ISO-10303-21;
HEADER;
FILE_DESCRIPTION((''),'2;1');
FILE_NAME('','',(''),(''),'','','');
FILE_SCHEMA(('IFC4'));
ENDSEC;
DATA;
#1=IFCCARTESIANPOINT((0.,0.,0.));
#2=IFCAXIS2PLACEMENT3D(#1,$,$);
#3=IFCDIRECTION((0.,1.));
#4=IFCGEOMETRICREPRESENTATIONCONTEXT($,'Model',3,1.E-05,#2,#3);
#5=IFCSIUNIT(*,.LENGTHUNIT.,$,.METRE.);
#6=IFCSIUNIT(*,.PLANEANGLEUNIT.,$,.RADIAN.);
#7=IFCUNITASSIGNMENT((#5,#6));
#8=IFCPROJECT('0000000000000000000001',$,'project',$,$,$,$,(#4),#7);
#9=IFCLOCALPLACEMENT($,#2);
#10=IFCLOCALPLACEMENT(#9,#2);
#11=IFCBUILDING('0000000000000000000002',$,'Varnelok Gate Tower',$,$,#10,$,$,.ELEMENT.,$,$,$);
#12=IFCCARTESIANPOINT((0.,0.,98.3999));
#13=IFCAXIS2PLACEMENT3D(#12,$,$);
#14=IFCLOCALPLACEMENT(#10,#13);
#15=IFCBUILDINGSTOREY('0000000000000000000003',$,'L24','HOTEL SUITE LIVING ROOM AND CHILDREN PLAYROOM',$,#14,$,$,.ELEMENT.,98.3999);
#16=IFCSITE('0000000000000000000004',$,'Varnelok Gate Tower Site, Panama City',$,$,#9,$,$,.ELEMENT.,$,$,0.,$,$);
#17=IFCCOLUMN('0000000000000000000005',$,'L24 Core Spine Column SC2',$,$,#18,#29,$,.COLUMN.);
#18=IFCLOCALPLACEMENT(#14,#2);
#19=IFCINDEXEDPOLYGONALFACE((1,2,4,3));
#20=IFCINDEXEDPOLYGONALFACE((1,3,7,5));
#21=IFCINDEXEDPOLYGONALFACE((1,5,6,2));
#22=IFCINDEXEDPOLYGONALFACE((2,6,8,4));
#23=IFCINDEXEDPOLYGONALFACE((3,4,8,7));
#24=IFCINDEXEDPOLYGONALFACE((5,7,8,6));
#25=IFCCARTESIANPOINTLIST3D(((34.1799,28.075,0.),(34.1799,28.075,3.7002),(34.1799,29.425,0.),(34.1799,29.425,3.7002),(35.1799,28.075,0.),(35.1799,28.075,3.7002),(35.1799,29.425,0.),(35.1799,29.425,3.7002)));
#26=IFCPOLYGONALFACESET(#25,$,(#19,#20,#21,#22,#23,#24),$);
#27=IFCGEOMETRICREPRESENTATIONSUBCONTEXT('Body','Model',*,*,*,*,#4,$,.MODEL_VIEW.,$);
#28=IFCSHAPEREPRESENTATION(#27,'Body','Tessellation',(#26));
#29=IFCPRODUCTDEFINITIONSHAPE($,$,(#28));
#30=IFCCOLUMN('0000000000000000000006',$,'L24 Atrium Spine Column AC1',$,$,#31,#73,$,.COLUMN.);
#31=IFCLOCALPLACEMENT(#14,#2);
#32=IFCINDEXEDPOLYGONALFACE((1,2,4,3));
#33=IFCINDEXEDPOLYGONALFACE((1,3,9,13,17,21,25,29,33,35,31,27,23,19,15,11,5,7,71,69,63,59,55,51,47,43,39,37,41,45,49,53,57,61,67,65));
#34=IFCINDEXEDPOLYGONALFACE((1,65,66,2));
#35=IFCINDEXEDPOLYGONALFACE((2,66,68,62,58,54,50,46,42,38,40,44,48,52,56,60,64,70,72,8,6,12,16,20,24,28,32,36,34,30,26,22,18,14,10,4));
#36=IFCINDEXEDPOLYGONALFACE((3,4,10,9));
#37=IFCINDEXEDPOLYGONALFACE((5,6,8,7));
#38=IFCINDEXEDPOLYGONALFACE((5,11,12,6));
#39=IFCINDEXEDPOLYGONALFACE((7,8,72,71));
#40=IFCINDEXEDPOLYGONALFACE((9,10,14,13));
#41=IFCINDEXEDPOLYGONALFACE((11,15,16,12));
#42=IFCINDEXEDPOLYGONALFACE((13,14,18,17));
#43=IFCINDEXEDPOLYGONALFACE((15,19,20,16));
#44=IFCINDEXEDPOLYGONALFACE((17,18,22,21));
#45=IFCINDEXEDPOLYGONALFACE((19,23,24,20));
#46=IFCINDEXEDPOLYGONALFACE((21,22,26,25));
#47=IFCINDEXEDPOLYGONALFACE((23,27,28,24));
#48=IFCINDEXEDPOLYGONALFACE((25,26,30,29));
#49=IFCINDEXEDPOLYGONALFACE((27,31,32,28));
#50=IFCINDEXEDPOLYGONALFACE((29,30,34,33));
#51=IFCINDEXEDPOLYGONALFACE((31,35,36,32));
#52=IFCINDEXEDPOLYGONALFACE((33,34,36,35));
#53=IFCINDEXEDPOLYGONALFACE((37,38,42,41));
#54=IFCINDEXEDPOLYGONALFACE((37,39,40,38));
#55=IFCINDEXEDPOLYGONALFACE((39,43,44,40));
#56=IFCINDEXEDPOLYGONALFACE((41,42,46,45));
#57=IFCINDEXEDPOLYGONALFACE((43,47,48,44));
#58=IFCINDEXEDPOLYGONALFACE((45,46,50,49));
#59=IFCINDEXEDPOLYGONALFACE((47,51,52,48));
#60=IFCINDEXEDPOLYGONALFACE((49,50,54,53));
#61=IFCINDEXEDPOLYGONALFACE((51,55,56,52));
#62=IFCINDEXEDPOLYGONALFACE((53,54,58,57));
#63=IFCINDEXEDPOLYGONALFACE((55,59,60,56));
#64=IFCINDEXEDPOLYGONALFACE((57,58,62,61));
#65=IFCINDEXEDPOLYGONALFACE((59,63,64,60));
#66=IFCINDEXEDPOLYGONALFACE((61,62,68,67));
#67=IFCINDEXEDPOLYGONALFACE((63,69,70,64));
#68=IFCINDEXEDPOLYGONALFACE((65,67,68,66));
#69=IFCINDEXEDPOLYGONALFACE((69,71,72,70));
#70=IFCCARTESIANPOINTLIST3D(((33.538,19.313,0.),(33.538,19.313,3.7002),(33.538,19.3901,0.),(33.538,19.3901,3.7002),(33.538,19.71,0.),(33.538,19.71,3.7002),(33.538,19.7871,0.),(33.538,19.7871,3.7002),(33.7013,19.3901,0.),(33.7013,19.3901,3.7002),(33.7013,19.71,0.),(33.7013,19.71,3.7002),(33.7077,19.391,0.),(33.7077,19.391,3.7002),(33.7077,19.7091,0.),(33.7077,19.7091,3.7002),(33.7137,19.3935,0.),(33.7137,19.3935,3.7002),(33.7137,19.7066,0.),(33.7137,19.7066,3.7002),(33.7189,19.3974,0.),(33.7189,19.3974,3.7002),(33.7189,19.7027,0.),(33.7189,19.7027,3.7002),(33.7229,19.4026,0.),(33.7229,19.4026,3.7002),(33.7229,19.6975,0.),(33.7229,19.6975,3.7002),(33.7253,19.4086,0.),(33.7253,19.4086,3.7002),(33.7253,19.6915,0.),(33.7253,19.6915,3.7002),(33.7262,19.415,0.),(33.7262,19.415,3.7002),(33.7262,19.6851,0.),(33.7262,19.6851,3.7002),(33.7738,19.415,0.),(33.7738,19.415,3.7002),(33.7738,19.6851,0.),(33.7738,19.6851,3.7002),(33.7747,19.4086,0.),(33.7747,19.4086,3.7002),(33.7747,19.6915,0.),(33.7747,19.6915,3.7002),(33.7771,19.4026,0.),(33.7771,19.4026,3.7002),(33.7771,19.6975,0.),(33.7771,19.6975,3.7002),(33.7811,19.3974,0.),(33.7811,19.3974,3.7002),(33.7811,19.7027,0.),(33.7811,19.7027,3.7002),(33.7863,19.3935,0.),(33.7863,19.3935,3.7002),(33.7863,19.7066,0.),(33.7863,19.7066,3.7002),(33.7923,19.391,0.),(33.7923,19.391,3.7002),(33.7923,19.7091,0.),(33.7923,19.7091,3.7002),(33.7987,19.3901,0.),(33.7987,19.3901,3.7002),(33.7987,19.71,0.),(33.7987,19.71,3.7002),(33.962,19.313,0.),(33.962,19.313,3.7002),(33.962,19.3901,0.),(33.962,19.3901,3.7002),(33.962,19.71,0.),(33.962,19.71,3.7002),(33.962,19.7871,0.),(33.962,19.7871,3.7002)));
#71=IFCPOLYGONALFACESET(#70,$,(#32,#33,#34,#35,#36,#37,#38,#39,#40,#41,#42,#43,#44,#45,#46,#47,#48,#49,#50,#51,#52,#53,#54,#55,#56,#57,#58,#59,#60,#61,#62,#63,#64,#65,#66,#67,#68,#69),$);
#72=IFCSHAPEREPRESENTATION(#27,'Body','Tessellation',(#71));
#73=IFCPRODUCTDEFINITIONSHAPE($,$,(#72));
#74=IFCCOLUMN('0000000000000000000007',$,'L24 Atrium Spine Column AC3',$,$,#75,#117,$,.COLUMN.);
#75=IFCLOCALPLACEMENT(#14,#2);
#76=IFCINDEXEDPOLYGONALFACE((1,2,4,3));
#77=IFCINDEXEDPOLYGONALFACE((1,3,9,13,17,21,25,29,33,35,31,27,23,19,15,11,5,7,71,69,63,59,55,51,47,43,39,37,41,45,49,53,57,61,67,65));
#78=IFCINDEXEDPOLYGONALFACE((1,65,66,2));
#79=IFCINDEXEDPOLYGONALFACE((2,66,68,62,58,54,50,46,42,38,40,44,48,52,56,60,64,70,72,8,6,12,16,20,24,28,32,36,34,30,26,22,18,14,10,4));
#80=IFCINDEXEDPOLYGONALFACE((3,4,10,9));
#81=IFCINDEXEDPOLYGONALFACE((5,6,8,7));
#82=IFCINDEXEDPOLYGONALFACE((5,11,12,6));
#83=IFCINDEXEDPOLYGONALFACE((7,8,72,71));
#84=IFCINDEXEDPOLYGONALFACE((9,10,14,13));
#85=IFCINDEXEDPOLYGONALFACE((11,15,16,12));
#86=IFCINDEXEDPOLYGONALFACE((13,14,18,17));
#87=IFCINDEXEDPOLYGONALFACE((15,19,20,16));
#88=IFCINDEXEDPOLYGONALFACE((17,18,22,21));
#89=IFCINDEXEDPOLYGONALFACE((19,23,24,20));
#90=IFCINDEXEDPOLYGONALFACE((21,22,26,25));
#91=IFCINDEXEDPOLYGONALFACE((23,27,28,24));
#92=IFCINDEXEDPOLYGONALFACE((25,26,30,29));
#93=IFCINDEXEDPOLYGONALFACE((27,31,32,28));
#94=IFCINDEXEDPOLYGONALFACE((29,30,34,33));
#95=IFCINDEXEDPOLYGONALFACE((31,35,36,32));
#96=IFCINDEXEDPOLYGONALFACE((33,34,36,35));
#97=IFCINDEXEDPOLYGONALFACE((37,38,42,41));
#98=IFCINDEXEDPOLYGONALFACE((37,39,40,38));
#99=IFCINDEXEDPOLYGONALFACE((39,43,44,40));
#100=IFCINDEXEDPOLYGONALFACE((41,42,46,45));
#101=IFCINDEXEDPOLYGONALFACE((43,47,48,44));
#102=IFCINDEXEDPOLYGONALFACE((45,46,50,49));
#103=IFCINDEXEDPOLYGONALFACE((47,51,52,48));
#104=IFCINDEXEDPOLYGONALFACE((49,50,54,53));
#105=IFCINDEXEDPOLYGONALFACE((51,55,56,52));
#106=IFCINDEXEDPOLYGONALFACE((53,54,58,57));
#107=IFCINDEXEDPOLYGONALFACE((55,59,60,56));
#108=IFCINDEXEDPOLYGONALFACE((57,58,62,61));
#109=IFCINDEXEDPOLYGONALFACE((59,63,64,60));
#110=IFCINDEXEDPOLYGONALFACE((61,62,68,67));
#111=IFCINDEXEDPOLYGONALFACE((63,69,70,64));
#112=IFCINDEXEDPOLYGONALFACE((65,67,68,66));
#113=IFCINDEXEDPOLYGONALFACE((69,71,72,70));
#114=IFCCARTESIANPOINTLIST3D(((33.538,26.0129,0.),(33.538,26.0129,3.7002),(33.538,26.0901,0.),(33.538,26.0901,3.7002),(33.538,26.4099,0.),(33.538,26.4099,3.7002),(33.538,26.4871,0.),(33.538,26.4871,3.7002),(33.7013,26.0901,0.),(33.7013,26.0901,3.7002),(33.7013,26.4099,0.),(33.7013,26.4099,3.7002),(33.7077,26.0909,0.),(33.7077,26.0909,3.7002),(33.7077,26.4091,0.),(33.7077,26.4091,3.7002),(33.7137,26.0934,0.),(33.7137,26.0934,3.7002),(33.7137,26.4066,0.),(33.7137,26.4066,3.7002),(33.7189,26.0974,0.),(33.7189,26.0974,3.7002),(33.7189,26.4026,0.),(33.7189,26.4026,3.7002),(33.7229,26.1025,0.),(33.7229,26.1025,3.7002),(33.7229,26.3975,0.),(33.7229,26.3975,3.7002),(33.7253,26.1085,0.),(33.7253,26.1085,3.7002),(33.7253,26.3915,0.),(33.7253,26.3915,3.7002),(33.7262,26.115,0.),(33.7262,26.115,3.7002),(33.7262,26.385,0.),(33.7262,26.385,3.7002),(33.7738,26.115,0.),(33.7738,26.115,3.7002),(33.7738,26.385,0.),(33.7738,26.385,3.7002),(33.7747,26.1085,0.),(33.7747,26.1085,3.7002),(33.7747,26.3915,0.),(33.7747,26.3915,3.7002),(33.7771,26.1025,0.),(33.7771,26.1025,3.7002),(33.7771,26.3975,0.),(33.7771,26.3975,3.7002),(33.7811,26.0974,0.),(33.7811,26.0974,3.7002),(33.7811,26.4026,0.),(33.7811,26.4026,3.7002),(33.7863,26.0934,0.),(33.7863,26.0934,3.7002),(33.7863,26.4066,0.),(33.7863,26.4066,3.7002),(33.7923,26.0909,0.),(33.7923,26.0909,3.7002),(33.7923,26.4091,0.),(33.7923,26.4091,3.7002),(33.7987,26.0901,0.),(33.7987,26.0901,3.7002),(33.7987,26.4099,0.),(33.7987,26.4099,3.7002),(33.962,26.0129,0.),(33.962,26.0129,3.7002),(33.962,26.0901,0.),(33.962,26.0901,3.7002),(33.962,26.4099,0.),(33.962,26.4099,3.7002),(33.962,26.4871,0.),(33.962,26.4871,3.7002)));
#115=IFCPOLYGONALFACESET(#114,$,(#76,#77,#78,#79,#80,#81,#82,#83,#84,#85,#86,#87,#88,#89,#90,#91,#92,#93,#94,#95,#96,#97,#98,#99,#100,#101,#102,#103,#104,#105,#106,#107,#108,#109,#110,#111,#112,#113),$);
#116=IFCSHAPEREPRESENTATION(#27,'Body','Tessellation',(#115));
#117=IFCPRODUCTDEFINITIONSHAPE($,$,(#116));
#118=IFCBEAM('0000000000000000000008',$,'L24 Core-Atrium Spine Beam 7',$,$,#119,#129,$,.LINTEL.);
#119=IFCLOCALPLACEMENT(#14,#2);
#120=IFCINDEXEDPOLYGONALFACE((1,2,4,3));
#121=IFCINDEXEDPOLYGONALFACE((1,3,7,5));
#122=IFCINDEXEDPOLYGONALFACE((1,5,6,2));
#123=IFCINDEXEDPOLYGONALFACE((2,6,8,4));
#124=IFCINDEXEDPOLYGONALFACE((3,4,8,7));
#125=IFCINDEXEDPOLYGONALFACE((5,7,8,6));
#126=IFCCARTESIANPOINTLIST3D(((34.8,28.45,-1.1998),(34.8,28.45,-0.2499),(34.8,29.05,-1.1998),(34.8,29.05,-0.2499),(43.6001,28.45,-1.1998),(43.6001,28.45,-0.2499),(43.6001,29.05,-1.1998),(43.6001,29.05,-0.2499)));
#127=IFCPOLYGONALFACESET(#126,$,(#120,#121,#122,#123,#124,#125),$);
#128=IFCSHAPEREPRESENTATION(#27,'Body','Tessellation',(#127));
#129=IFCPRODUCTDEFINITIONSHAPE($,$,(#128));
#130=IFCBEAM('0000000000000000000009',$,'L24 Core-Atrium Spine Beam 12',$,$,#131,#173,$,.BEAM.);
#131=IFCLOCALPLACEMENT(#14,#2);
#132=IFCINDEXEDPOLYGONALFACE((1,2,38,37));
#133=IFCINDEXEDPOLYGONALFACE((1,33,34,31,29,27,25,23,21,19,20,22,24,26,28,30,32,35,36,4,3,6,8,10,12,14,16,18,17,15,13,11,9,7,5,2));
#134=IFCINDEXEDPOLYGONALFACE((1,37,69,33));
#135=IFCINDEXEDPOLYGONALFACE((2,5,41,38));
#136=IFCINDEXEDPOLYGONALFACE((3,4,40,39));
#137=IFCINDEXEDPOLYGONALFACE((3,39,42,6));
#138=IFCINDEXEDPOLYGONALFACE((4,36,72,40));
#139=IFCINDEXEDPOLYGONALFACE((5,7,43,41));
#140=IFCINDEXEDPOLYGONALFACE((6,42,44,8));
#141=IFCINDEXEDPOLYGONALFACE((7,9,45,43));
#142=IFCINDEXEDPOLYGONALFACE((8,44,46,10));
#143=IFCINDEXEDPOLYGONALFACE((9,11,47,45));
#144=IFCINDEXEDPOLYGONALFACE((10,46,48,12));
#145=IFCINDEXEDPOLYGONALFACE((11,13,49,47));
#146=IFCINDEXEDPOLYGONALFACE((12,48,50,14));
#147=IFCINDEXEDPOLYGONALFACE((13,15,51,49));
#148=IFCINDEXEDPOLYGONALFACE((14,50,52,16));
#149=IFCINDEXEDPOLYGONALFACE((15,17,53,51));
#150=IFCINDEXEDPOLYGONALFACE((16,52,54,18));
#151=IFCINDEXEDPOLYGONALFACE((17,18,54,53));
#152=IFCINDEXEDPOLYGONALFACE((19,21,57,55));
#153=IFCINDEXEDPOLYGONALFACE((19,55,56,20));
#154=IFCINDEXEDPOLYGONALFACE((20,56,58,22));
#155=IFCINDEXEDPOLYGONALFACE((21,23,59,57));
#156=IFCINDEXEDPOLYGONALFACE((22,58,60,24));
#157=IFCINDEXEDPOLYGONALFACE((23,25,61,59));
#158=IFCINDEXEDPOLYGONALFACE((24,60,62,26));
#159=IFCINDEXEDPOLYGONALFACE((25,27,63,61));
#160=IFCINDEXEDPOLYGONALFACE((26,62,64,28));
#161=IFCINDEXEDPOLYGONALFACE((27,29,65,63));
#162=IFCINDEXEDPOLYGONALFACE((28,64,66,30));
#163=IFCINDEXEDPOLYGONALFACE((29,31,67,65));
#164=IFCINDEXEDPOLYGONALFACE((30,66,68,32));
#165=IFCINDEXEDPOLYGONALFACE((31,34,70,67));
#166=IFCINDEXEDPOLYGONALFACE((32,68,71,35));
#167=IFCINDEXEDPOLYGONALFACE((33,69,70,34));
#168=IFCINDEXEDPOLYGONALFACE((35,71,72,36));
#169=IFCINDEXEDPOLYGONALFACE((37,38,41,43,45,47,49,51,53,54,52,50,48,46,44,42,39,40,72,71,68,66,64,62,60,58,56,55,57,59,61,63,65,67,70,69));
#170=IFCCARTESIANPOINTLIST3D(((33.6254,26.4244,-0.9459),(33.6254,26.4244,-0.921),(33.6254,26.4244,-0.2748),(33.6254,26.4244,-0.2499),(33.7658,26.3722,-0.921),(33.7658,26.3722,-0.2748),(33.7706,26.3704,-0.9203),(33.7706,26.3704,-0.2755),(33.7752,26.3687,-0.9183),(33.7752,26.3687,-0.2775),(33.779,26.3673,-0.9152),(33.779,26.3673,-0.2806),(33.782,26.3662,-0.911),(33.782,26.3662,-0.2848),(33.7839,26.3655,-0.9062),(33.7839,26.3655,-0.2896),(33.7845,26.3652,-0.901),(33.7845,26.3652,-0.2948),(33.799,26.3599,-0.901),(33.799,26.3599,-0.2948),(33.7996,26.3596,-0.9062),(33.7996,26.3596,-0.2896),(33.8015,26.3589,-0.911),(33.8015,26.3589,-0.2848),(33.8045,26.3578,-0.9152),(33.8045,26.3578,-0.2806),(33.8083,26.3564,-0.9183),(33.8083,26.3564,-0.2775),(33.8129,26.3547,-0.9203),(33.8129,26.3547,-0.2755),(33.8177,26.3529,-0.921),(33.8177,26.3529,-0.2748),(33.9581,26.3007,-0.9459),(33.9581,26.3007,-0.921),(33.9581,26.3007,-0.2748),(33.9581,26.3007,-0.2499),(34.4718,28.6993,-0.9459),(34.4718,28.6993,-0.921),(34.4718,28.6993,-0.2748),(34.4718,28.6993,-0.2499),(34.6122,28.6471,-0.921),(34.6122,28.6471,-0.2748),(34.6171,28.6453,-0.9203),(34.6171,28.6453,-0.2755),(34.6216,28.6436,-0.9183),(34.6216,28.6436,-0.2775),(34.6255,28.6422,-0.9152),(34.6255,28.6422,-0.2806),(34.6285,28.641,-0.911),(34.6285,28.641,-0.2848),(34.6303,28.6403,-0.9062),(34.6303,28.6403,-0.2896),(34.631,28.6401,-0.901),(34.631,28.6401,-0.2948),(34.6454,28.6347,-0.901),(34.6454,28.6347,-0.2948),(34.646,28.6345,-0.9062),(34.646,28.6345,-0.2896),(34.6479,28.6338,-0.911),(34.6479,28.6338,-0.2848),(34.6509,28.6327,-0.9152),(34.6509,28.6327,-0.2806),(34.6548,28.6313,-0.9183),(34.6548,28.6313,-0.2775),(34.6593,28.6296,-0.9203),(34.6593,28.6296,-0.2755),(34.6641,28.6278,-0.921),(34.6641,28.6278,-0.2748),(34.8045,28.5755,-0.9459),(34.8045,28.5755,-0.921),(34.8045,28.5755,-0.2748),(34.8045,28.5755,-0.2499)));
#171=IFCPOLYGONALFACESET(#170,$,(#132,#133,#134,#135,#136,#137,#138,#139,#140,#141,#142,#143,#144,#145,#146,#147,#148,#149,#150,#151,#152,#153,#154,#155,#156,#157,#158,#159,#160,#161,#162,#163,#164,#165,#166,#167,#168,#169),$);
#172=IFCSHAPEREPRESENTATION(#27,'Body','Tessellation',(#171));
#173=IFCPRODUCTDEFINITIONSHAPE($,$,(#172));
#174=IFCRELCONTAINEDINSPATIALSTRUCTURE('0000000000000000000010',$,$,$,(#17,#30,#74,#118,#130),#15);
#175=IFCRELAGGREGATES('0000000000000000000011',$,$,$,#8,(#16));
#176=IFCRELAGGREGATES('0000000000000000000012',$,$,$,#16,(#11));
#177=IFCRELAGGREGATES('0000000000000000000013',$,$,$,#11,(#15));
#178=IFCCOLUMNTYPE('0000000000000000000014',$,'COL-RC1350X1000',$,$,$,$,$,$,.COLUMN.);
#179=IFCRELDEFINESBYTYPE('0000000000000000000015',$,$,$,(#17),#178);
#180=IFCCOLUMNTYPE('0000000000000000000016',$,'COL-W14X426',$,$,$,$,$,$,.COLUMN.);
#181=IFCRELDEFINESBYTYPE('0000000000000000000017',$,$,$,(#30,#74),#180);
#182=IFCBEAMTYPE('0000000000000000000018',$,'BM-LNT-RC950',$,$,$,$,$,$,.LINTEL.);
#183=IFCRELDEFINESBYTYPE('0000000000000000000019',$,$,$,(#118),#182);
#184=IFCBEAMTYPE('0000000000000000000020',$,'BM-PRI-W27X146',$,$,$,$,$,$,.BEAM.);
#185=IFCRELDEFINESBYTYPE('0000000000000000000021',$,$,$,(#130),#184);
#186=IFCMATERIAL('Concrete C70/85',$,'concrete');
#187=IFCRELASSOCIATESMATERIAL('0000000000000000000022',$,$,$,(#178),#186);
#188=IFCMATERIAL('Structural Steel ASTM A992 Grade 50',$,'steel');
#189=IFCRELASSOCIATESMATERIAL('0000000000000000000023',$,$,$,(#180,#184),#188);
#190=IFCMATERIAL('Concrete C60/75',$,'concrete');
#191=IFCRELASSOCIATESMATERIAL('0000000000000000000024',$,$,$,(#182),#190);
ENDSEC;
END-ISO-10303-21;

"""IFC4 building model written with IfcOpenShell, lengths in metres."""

from ifc_helpers import new_model, si_unit, direction, frame, origin, origin_2d, place, context, subcontext, project, spatial, rectangle, i_section, extrude, material, material_profile, profile_set, type_object, element, save


model = new_model("IFC4")

# Units and contexts
model_context = context("Model", 3, precision=1e-05, world=origin(), true_north=direction((0.0, 1.0)))
body_context = subcontext(model_context, "Body", "Model", "MODEL_VIEW")
ifc_project = project(units=[si_unit("LENGTHUNIT", "METRE"), si_unit("PLANEANGLEUNIT", "RADIAN")], contexts=[model_context])

# Site, building, storey
site_placement = place(None, origin())
site = spatial("IfcSite", under=ifc_project, at=site_placement, Name="Varnelok Gate Tower Site, Panama City", CompositionType="ELEMENT", RefElevation=0.0)
building_placement = place(site_placement, origin())
building = spatial("IfcBuilding", under=site, at=building_placement, Name="Varnelok Gate Tower", CompositionType="ELEMENT")
storey_placement = place(building_placement, frame((0.0, 0.0, 98.3999)))
storey = spatial("IfcBuildingStorey", under=building, at=storey_placement, Name="L24", Description="HOTEL SUITE LIVING ROOM AND CHILDREN PLAYROOM", CompositionType="ELEMENT", Elevation=98.3999)

# Columns
ifc_material_1 = material(Name="Concrete C70/85", Category="concrete")
ifc_material_profile_1 = material_profile(ifc_material_1, rectangle(XDim=1.0, YDim=1.3501, at=origin_2d()), Name="RC1350X1000")
ifc_profile_set_1 = profile_set([ifc_material_profile_1], Name="Concrete C70/85")
column_type_1 = type_object("IfcColumnType", Name="COL-RC1350X1000", PredefinedType="COLUMN", material=ifc_profile_set_1)
column_placement = place(storey_placement, frame((34.6799, 28.75, 0.0), z_axis=(0.0, 0.0, 1.0), x_axis=(1.0, 0.0, 0.0)))
element("IfcColumn", 1, at=column_placement, inside=storey, type_object=column_type_1, Name="L24 Core Spine Column SC2", PredefinedType="COLUMN", context=body_context, shape_type="SweptSolid", body=[
    extrude(rectangle(XDim=1.0, YDim=1.3501, at=origin_2d()), origin(), (0.0, 0.0, 1.0), 3.7002),
])
ifc_material_2 = material(Name="Structural Steel ASTM A992 Grade 50", Category="steel")
ifc_material_profile_2 = material_profile(ifc_material_2, i_section(OverallWidth=0.4241, OverallDepth=0.4741, WebThickness=0.0476, FlangeThickness=0.0771, FilletRadius=0.0249, at=origin_2d()), Name="W14X426")
ifc_profile_set_2 = profile_set([ifc_material_profile_2], Name="Structural Steel ASTM A992 Grade 50")
column_type_2 = type_object("IfcColumnType", Name="COL-W14X426", PredefinedType="COLUMN", material=ifc_profile_set_2)
for number, where, z_axis, x_axis, name in (
    (2, (33.75, 19.55, 0.0), (0.0, 0.0, 1.0), (1.0, 0.0, 0.0), "L24 Atrium Spine Column AC1"),
    (3, (33.75, 26.25, 0.0), (0.0, 0.0, 1.0), (1.0, 0.0, 0.0), "L24 Atrium Spine Column AC3"),
):
    element("IfcColumn", number, at=place(storey_placement, frame(where, z_axis=z_axis, x_axis=x_axis)), inside=storey, type_object=column_type_2, Name=name, PredefinedType="COLUMN", context=body_context, shape_type="SweptSolid", body=[
        extrude(i_section(OverallWidth=0.4241, OverallDepth=0.4741, WebThickness=0.0476, FlangeThickness=0.0771, FilletRadius=0.0249, at=origin_2d()), origin(), (0.0, 0.0, 1.0), 3.7002),
    ])

# Beams
ifc_material_3 = material(Name="Concrete C60/75", Category="concrete")
ifc_material_profile_3 = material_profile(ifc_material_3, rectangle(XDim=0.6001, YDim=0.95, at=origin_2d()), Name="RC950X600")
ifc_profile_set_3 = profile_set([ifc_material_profile_3], Name="Concrete C60/75")
beam_type_1 = type_object("IfcBeamType", Name="BM-LNT-RC950", PredefinedType="LINTEL", material=ifc_profile_set_3)
beam_1_placement = place(storey_placement, frame((34.8, 28.75, -0.7249), z_axis=(1.0, 0.0, 0.0), x_axis=(0.0, 1.0, 0.0)))
element("IfcBeam", 4, at=beam_1_placement, inside=storey, type_object=beam_type_1, Name="L24 Core-Atrium Spine Beam 7", PredefinedType="LINTEL", context=body_context, shape_type="SweptSolid", body=[
    extrude(rectangle(XDim=0.6001, YDim=0.95, at=origin_2d()), origin(), (0.0, 0.0, 1.0), 8.8),
])
ifc_material_profile_4 = material_profile(ifc_material_2, i_section(OverallWidth=0.355, OverallDepth=0.696, WebThickness=0.0154, FlangeThickness=0.0249, FilletRadius=0.02, at=origin_2d()), Name="W27X146")
ifc_profile_set_4 = profile_set([ifc_material_profile_4], Name="Structural Steel ASTM A992 Grade 50")
beam_type_2 = type_object("IfcBeamType", Name="BM-PRI-W27X146", PredefinedType="BEAM", material=ifc_profile_set_4)
beam_2_placement = place(storey_placement, frame((33.7917, 26.3625, -0.5979), z_axis=(0.348719, 0.937227, 0.0), x_axis=(-0.937227, 0.348719, 0.0)))
element("IfcBeam", 5, at=beam_2_placement, inside=storey, type_object=beam_type_2, Name="L24 Core-Atrium Spine Beam 12", PredefinedType="BEAM", context=body_context, shape_type="SweptSolid", body=[
    extrude(i_section(OverallWidth=0.355, OverallDepth=0.696, WebThickness=0.0154, FlangeThickness=0.0249, FilletRadius=0.02, at=origin_2d()), origin(), (0.0, 0.0, 1.0), 2.4272),
])

save(model, "model.ifc")
